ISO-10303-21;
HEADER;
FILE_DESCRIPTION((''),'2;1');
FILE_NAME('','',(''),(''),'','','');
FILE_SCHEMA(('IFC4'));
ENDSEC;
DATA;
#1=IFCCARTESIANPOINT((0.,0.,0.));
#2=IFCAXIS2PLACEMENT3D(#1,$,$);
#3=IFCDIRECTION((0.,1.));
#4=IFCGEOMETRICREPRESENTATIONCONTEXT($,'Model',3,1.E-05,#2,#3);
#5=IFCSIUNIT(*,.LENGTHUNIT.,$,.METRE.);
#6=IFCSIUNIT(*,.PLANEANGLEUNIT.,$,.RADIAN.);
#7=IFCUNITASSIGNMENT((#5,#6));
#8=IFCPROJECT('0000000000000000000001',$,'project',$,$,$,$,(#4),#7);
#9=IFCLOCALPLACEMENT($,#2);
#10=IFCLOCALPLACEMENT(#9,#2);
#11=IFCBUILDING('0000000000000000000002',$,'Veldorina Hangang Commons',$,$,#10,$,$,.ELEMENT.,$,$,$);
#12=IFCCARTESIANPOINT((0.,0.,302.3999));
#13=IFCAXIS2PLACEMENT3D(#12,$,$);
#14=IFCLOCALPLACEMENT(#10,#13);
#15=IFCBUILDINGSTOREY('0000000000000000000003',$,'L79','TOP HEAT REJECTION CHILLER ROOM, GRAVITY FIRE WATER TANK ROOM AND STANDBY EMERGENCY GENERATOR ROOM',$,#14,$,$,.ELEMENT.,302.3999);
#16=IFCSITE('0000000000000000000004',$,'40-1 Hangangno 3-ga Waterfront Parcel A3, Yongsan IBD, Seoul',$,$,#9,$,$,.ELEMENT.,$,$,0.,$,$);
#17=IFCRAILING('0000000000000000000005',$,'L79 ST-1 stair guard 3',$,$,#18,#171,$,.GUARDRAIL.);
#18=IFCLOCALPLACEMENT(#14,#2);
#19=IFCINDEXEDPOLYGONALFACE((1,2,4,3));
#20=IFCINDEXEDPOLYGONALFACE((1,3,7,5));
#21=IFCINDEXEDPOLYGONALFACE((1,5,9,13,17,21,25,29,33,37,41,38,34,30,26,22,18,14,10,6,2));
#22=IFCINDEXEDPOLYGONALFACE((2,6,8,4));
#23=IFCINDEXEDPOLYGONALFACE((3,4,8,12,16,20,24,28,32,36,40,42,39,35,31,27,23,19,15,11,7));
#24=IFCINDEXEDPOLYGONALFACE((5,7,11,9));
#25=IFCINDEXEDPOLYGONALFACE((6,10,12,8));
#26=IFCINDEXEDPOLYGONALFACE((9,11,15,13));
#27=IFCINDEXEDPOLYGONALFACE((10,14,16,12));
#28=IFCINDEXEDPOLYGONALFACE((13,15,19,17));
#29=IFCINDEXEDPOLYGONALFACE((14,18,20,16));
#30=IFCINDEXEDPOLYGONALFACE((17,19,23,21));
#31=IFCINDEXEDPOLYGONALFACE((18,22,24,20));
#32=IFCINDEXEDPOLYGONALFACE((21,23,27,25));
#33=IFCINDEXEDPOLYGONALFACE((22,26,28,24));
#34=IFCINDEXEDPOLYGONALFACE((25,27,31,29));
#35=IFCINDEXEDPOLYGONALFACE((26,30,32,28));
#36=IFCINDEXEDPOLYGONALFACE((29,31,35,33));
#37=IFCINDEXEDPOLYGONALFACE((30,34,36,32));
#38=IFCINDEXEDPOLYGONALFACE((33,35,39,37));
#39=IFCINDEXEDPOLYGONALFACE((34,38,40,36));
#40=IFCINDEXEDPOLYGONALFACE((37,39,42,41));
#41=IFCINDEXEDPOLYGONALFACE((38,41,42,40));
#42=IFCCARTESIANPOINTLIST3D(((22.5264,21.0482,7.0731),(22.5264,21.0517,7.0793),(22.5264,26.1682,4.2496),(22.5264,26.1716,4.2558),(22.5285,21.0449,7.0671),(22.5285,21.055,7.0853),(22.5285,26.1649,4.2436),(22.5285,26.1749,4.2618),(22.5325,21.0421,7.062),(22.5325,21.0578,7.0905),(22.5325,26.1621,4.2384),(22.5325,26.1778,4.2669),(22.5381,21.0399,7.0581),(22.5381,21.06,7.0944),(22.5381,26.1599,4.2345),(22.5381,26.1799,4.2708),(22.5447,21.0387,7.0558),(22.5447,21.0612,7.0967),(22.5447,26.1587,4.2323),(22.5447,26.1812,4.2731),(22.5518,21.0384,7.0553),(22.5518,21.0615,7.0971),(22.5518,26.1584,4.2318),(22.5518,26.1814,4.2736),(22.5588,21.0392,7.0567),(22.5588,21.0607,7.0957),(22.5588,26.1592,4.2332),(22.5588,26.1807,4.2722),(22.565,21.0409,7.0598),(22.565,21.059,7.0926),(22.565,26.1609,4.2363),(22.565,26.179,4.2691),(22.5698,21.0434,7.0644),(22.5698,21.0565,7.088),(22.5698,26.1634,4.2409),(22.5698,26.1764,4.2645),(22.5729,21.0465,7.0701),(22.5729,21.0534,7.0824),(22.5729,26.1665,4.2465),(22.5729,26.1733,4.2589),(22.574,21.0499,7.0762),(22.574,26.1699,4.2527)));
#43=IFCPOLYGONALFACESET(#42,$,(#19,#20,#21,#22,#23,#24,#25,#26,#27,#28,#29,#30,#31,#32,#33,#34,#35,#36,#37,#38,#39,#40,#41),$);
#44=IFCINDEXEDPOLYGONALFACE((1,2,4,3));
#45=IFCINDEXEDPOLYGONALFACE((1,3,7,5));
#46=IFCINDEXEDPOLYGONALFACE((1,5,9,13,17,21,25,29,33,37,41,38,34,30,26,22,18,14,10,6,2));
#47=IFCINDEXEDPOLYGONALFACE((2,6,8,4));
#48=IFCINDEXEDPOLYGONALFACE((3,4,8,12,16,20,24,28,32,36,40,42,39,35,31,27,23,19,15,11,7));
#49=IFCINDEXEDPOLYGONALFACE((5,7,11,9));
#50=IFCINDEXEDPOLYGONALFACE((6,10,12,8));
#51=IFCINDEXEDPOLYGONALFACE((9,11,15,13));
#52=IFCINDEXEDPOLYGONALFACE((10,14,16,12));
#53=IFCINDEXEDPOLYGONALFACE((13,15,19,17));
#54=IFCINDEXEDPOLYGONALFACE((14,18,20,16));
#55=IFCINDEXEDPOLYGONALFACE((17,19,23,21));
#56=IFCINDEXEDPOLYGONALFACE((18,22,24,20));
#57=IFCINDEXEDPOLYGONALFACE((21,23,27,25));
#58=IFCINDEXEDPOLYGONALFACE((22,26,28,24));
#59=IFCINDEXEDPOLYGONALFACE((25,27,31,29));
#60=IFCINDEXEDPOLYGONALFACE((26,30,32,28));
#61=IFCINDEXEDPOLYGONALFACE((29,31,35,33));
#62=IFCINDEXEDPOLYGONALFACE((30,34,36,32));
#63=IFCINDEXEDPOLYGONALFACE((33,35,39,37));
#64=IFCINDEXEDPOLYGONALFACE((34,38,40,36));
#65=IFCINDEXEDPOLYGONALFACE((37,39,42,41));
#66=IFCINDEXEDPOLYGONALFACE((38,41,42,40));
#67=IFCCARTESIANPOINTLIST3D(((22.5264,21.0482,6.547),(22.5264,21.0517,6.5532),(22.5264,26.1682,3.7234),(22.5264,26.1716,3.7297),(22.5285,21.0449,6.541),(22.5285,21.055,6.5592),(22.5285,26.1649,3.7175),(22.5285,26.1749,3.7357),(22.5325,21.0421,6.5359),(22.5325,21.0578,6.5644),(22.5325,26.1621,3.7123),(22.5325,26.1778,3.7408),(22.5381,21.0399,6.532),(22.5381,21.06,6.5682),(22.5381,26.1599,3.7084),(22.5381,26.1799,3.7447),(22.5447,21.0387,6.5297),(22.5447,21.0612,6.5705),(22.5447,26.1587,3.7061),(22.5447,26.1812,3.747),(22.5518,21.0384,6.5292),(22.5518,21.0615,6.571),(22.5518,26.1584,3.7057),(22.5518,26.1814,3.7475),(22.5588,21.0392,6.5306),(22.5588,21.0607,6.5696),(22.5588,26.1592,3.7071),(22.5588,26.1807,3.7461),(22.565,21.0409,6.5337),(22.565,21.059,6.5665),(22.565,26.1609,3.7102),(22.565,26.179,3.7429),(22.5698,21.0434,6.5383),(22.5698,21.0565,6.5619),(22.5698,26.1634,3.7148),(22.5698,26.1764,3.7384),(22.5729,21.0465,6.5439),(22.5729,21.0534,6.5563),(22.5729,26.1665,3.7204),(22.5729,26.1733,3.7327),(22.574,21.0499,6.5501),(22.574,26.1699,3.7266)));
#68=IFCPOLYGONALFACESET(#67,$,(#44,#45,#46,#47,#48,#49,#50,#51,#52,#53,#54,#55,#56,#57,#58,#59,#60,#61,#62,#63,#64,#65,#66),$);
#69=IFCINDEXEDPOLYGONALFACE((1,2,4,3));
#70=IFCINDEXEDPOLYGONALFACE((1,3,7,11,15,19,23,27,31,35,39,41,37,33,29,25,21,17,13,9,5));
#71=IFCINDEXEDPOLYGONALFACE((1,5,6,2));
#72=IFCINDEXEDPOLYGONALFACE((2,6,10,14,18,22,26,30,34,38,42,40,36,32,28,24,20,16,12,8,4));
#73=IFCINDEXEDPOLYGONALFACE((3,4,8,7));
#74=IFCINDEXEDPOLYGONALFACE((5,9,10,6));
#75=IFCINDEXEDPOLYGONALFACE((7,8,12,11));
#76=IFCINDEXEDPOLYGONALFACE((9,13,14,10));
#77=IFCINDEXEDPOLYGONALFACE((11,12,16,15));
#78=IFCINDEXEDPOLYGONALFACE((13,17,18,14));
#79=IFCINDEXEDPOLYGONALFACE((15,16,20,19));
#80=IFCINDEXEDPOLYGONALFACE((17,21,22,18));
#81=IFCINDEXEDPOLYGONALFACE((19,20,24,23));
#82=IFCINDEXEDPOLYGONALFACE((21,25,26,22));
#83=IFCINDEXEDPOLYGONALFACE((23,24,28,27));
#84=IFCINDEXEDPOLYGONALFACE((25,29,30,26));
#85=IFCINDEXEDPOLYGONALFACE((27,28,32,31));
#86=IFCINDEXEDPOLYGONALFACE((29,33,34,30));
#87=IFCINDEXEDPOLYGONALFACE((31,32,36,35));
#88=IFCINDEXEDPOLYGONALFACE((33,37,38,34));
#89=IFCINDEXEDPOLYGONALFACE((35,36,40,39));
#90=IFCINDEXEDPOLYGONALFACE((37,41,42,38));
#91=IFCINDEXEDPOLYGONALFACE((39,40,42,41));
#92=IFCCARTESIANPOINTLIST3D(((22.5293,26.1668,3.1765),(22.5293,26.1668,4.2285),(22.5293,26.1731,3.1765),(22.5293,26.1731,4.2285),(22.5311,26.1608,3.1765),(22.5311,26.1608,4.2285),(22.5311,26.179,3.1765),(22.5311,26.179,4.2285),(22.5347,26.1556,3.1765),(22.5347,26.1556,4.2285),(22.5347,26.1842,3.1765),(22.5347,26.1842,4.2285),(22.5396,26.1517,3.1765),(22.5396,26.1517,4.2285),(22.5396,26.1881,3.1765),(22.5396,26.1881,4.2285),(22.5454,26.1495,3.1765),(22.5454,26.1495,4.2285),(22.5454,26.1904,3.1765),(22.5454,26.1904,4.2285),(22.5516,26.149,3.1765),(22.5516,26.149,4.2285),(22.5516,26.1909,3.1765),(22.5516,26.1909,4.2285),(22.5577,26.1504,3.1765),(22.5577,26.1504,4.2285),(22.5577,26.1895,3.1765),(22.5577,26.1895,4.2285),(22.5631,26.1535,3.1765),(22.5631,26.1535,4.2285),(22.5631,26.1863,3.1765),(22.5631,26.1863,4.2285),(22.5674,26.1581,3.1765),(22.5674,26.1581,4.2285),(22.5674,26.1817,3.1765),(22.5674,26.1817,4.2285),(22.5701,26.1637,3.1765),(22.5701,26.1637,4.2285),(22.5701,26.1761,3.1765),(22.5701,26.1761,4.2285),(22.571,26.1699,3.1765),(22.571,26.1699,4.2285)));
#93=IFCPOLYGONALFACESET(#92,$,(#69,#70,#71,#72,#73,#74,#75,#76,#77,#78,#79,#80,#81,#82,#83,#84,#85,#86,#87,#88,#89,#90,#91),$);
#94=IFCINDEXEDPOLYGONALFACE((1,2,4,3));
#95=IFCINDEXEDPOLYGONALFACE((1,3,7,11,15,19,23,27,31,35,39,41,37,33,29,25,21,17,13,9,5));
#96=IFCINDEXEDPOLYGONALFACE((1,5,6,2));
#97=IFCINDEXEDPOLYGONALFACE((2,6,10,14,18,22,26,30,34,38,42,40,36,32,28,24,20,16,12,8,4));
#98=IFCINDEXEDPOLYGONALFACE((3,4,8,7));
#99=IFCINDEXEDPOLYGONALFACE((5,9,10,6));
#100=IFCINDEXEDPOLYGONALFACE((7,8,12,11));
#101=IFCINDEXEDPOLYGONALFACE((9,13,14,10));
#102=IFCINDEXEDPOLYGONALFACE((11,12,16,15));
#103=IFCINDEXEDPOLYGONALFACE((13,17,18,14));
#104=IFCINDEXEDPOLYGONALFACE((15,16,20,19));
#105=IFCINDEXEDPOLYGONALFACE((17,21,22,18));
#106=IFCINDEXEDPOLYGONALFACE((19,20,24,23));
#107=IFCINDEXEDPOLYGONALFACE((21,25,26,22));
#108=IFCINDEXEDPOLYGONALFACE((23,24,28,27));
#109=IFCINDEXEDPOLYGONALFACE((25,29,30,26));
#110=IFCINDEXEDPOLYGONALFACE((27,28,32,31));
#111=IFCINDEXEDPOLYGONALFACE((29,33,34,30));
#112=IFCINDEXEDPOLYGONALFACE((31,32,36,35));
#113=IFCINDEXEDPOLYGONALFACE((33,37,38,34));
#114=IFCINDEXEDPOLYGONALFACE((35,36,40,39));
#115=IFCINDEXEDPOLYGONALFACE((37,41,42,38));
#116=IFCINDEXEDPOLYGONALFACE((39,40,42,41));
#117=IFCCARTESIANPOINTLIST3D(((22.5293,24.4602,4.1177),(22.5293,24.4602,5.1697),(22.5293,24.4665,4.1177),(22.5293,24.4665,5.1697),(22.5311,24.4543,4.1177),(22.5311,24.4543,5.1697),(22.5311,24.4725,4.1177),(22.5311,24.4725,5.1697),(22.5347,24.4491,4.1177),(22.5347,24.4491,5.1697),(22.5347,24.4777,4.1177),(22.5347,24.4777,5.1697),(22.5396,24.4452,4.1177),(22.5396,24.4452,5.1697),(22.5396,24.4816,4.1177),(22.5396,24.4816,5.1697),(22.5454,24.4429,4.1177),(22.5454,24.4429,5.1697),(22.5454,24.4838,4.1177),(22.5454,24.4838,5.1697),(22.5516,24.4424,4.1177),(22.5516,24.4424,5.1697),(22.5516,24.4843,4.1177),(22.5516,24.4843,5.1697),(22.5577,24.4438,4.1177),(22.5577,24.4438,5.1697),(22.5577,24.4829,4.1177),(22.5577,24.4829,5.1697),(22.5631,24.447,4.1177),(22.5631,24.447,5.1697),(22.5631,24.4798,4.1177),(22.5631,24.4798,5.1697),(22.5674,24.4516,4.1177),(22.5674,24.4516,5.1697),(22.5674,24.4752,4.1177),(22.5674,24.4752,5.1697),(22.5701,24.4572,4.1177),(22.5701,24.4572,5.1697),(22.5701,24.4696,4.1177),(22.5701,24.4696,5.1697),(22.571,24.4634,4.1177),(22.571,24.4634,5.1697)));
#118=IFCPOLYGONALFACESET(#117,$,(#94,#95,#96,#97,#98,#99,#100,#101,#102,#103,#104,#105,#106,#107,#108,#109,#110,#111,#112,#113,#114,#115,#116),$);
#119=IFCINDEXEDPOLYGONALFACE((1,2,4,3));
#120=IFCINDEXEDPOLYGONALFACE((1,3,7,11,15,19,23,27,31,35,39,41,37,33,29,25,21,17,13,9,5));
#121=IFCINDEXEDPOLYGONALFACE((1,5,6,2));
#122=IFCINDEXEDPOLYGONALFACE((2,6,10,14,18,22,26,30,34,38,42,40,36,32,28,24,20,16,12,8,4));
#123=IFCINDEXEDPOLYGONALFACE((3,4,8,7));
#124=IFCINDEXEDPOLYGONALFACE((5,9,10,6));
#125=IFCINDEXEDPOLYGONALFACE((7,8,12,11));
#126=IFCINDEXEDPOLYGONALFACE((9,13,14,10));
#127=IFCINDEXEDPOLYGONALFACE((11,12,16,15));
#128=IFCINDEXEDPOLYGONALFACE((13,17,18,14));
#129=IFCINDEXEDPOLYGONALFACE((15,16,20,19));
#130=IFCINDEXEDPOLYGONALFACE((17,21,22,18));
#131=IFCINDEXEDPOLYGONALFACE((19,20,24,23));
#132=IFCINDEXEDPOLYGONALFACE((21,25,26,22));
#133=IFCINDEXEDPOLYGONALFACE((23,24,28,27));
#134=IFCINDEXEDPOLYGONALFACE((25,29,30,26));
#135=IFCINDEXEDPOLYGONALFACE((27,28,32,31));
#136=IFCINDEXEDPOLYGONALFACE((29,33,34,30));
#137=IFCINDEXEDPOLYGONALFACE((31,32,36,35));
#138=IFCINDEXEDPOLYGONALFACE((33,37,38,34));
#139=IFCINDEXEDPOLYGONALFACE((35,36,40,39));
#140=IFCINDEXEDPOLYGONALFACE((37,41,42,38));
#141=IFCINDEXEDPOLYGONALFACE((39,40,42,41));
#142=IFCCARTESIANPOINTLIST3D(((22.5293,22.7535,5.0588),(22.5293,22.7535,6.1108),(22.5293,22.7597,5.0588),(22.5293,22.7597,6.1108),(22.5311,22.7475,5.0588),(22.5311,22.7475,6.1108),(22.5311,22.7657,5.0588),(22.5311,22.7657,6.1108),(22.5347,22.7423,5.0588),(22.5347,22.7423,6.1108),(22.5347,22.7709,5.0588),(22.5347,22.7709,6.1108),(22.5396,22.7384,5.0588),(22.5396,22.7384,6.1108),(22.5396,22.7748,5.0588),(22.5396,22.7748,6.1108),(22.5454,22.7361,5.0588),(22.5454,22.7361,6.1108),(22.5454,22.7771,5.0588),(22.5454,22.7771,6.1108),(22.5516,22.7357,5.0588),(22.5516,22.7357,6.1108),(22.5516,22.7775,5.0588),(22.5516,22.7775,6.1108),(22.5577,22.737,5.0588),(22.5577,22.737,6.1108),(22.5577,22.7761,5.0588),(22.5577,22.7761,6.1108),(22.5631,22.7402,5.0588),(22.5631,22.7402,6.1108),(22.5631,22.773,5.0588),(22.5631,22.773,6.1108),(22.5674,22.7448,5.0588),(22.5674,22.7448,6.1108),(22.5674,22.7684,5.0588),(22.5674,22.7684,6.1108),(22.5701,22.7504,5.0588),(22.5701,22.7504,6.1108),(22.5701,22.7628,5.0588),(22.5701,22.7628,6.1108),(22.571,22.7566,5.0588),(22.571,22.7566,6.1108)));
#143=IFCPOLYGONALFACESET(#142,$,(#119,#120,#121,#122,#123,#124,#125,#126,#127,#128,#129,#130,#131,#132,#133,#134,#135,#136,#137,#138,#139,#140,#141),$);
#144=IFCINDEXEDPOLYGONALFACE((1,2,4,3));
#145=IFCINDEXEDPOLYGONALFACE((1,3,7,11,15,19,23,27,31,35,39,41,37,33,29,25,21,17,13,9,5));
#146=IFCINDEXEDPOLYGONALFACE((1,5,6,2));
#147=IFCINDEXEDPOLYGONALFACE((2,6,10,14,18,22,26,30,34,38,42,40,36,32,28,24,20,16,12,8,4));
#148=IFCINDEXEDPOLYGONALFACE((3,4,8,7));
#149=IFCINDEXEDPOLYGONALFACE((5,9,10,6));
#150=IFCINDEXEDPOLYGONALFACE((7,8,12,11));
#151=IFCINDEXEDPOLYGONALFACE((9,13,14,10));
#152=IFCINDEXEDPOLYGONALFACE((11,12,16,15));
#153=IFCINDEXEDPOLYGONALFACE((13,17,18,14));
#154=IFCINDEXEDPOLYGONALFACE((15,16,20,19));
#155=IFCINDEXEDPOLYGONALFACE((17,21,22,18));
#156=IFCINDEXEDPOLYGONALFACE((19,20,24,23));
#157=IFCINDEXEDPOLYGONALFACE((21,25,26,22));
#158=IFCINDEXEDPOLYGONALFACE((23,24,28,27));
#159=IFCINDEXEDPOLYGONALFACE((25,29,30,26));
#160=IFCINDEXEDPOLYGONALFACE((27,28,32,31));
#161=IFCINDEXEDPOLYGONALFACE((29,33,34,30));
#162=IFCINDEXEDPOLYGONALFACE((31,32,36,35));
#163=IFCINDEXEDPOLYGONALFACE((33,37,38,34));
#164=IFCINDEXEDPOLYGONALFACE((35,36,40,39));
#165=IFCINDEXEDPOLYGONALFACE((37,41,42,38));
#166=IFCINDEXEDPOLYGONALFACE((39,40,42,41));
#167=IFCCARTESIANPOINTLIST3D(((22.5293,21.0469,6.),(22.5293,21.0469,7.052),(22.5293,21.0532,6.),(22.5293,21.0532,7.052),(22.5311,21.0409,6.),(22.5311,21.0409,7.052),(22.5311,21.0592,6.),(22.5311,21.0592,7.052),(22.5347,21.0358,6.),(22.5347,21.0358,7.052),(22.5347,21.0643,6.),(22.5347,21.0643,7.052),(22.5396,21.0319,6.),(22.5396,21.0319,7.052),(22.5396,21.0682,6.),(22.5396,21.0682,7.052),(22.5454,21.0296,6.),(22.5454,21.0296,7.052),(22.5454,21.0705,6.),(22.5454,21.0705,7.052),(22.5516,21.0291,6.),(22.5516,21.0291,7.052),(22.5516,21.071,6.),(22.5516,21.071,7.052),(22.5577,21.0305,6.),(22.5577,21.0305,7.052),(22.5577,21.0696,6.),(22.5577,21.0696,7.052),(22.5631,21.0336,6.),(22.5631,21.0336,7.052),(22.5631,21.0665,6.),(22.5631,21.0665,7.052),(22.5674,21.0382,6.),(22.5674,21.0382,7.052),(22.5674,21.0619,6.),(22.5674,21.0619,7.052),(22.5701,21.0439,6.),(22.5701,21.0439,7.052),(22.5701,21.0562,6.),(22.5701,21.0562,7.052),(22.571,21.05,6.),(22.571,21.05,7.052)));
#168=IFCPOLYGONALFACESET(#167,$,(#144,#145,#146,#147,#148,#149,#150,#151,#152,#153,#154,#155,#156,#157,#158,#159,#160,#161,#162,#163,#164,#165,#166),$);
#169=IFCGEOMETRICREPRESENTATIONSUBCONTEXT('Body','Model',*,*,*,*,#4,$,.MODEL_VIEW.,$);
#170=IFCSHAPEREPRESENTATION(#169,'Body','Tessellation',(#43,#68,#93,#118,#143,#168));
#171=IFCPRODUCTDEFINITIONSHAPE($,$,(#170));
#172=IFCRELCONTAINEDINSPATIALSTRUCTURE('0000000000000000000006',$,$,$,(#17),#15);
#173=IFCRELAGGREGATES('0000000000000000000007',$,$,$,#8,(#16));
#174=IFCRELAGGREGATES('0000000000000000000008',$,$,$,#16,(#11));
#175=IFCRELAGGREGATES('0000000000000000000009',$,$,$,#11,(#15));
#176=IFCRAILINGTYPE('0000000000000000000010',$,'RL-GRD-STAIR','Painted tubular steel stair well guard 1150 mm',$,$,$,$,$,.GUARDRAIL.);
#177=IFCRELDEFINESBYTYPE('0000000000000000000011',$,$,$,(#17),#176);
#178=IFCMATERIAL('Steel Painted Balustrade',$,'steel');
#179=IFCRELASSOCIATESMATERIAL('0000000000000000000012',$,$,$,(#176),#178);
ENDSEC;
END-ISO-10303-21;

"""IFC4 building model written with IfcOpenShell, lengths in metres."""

from ifc_helpers import new_model, si_unit, direction, frame, origin, origin_2d, place, context, subcontext, project, spatial, circle, extrude, material, type_object, element, save


model = new_model("IFC4")

# Units and contexts
model_context = context("Model", 3, precision=1e-05, world=origin(), true_north=direction((0.0, 1.0)))
body_context = subcontext(model_context, "Body", "Model", "MODEL_VIEW")
ifc_project = project(units=[si_unit("LENGTHUNIT", "METRE"), si_unit("PLANEANGLEUNIT", "RADIAN")], contexts=[model_context])

# Site, building, storey
site_placement = place(None, origin())
site = spatial("IfcSite", under=ifc_project, at=site_placement, Name="40-1 Hangangno 3-ga Waterfront Parcel A3, Yongsan IBD, Seoul", CompositionType="ELEMENT", RefElevation=0.0)
building_placement = place(site_placement, origin())
building = spatial("IfcBuilding", under=site, at=building_placement, Name="Veldorina Hangang Commons", CompositionType="ELEMENT")
storey_placement = place(building_placement, frame((0.0, 0.0, 302.3999)))
storey = spatial("IfcBuildingStorey", under=building, at=storey_placement, Name="L79", Description="TOP HEAT REJECTION CHILLER ROOM, GRAVITY FIRE WATER TANK ROOM AND STANDBY EMERGENCY GENERATOR ROOM", CompositionType="ELEMENT", Elevation=302.3999)

# Railing
ifc_material_1 = material(Name="Steel Painted Balustrade", Category="steel")
railing_type = type_object("IfcRailingType", Name="RL-GRD-STAIR", Description="Painted tubular steel stair well guard 1150 mm", PredefinedType="GUARDRAIL", material=ifc_material_1)
railing_1_placement = place(storey_placement, frame((22.55, 26.1699, 3.1765)))
element("IfcRailing", 1, at=railing_1_placement, inside=storey, type_object=railing_type, Name="L79 ST-1 stair guard 3", PredefinedType="GUARDRAIL", context=body_context, shape_type="SweptSolid", body=[
    extrude(circle(Radius=0.0239, at=origin_2d()), frame((0.0, 0.0, 1.0762), z_axis=(0.0, -0.87567, 0.482911), x_axis=(1.0, 0.0, 0.0)), (0.0, 0.0, 1.0), 5.8469),
    extrude(circle(Radius=0.0239, at=origin_2d()), frame((0.0, 0.0, 0.55), z_axis=(0.0, -0.87567, 0.482911), x_axis=(1.0, 0.0, 0.0)), (0.0, 0.0, 1.0), 5.8469),
    extrude(circle(Radius=0.021, at=origin_2d()), origin(), (0.0, 0.0, 1.0), 1.052),
    extrude(circle(Radius=0.021, at=origin_2d()), frame((0.0, -1.7065, 0.9412)), (0.0, 0.0, 1.0), 1.052),
    extrude(circle(Radius=0.021, at=origin_2d()), frame((0.0, -3.4133, 1.8823)), (0.0, 0.0, 1.0), 1.052),
    extrude(circle(Radius=0.021, at=origin_2d()), frame((0.0, -5.1199, 2.8235)), (0.0, 0.0, 1.0), 1.052),
])

save(model, "model.ifc")
